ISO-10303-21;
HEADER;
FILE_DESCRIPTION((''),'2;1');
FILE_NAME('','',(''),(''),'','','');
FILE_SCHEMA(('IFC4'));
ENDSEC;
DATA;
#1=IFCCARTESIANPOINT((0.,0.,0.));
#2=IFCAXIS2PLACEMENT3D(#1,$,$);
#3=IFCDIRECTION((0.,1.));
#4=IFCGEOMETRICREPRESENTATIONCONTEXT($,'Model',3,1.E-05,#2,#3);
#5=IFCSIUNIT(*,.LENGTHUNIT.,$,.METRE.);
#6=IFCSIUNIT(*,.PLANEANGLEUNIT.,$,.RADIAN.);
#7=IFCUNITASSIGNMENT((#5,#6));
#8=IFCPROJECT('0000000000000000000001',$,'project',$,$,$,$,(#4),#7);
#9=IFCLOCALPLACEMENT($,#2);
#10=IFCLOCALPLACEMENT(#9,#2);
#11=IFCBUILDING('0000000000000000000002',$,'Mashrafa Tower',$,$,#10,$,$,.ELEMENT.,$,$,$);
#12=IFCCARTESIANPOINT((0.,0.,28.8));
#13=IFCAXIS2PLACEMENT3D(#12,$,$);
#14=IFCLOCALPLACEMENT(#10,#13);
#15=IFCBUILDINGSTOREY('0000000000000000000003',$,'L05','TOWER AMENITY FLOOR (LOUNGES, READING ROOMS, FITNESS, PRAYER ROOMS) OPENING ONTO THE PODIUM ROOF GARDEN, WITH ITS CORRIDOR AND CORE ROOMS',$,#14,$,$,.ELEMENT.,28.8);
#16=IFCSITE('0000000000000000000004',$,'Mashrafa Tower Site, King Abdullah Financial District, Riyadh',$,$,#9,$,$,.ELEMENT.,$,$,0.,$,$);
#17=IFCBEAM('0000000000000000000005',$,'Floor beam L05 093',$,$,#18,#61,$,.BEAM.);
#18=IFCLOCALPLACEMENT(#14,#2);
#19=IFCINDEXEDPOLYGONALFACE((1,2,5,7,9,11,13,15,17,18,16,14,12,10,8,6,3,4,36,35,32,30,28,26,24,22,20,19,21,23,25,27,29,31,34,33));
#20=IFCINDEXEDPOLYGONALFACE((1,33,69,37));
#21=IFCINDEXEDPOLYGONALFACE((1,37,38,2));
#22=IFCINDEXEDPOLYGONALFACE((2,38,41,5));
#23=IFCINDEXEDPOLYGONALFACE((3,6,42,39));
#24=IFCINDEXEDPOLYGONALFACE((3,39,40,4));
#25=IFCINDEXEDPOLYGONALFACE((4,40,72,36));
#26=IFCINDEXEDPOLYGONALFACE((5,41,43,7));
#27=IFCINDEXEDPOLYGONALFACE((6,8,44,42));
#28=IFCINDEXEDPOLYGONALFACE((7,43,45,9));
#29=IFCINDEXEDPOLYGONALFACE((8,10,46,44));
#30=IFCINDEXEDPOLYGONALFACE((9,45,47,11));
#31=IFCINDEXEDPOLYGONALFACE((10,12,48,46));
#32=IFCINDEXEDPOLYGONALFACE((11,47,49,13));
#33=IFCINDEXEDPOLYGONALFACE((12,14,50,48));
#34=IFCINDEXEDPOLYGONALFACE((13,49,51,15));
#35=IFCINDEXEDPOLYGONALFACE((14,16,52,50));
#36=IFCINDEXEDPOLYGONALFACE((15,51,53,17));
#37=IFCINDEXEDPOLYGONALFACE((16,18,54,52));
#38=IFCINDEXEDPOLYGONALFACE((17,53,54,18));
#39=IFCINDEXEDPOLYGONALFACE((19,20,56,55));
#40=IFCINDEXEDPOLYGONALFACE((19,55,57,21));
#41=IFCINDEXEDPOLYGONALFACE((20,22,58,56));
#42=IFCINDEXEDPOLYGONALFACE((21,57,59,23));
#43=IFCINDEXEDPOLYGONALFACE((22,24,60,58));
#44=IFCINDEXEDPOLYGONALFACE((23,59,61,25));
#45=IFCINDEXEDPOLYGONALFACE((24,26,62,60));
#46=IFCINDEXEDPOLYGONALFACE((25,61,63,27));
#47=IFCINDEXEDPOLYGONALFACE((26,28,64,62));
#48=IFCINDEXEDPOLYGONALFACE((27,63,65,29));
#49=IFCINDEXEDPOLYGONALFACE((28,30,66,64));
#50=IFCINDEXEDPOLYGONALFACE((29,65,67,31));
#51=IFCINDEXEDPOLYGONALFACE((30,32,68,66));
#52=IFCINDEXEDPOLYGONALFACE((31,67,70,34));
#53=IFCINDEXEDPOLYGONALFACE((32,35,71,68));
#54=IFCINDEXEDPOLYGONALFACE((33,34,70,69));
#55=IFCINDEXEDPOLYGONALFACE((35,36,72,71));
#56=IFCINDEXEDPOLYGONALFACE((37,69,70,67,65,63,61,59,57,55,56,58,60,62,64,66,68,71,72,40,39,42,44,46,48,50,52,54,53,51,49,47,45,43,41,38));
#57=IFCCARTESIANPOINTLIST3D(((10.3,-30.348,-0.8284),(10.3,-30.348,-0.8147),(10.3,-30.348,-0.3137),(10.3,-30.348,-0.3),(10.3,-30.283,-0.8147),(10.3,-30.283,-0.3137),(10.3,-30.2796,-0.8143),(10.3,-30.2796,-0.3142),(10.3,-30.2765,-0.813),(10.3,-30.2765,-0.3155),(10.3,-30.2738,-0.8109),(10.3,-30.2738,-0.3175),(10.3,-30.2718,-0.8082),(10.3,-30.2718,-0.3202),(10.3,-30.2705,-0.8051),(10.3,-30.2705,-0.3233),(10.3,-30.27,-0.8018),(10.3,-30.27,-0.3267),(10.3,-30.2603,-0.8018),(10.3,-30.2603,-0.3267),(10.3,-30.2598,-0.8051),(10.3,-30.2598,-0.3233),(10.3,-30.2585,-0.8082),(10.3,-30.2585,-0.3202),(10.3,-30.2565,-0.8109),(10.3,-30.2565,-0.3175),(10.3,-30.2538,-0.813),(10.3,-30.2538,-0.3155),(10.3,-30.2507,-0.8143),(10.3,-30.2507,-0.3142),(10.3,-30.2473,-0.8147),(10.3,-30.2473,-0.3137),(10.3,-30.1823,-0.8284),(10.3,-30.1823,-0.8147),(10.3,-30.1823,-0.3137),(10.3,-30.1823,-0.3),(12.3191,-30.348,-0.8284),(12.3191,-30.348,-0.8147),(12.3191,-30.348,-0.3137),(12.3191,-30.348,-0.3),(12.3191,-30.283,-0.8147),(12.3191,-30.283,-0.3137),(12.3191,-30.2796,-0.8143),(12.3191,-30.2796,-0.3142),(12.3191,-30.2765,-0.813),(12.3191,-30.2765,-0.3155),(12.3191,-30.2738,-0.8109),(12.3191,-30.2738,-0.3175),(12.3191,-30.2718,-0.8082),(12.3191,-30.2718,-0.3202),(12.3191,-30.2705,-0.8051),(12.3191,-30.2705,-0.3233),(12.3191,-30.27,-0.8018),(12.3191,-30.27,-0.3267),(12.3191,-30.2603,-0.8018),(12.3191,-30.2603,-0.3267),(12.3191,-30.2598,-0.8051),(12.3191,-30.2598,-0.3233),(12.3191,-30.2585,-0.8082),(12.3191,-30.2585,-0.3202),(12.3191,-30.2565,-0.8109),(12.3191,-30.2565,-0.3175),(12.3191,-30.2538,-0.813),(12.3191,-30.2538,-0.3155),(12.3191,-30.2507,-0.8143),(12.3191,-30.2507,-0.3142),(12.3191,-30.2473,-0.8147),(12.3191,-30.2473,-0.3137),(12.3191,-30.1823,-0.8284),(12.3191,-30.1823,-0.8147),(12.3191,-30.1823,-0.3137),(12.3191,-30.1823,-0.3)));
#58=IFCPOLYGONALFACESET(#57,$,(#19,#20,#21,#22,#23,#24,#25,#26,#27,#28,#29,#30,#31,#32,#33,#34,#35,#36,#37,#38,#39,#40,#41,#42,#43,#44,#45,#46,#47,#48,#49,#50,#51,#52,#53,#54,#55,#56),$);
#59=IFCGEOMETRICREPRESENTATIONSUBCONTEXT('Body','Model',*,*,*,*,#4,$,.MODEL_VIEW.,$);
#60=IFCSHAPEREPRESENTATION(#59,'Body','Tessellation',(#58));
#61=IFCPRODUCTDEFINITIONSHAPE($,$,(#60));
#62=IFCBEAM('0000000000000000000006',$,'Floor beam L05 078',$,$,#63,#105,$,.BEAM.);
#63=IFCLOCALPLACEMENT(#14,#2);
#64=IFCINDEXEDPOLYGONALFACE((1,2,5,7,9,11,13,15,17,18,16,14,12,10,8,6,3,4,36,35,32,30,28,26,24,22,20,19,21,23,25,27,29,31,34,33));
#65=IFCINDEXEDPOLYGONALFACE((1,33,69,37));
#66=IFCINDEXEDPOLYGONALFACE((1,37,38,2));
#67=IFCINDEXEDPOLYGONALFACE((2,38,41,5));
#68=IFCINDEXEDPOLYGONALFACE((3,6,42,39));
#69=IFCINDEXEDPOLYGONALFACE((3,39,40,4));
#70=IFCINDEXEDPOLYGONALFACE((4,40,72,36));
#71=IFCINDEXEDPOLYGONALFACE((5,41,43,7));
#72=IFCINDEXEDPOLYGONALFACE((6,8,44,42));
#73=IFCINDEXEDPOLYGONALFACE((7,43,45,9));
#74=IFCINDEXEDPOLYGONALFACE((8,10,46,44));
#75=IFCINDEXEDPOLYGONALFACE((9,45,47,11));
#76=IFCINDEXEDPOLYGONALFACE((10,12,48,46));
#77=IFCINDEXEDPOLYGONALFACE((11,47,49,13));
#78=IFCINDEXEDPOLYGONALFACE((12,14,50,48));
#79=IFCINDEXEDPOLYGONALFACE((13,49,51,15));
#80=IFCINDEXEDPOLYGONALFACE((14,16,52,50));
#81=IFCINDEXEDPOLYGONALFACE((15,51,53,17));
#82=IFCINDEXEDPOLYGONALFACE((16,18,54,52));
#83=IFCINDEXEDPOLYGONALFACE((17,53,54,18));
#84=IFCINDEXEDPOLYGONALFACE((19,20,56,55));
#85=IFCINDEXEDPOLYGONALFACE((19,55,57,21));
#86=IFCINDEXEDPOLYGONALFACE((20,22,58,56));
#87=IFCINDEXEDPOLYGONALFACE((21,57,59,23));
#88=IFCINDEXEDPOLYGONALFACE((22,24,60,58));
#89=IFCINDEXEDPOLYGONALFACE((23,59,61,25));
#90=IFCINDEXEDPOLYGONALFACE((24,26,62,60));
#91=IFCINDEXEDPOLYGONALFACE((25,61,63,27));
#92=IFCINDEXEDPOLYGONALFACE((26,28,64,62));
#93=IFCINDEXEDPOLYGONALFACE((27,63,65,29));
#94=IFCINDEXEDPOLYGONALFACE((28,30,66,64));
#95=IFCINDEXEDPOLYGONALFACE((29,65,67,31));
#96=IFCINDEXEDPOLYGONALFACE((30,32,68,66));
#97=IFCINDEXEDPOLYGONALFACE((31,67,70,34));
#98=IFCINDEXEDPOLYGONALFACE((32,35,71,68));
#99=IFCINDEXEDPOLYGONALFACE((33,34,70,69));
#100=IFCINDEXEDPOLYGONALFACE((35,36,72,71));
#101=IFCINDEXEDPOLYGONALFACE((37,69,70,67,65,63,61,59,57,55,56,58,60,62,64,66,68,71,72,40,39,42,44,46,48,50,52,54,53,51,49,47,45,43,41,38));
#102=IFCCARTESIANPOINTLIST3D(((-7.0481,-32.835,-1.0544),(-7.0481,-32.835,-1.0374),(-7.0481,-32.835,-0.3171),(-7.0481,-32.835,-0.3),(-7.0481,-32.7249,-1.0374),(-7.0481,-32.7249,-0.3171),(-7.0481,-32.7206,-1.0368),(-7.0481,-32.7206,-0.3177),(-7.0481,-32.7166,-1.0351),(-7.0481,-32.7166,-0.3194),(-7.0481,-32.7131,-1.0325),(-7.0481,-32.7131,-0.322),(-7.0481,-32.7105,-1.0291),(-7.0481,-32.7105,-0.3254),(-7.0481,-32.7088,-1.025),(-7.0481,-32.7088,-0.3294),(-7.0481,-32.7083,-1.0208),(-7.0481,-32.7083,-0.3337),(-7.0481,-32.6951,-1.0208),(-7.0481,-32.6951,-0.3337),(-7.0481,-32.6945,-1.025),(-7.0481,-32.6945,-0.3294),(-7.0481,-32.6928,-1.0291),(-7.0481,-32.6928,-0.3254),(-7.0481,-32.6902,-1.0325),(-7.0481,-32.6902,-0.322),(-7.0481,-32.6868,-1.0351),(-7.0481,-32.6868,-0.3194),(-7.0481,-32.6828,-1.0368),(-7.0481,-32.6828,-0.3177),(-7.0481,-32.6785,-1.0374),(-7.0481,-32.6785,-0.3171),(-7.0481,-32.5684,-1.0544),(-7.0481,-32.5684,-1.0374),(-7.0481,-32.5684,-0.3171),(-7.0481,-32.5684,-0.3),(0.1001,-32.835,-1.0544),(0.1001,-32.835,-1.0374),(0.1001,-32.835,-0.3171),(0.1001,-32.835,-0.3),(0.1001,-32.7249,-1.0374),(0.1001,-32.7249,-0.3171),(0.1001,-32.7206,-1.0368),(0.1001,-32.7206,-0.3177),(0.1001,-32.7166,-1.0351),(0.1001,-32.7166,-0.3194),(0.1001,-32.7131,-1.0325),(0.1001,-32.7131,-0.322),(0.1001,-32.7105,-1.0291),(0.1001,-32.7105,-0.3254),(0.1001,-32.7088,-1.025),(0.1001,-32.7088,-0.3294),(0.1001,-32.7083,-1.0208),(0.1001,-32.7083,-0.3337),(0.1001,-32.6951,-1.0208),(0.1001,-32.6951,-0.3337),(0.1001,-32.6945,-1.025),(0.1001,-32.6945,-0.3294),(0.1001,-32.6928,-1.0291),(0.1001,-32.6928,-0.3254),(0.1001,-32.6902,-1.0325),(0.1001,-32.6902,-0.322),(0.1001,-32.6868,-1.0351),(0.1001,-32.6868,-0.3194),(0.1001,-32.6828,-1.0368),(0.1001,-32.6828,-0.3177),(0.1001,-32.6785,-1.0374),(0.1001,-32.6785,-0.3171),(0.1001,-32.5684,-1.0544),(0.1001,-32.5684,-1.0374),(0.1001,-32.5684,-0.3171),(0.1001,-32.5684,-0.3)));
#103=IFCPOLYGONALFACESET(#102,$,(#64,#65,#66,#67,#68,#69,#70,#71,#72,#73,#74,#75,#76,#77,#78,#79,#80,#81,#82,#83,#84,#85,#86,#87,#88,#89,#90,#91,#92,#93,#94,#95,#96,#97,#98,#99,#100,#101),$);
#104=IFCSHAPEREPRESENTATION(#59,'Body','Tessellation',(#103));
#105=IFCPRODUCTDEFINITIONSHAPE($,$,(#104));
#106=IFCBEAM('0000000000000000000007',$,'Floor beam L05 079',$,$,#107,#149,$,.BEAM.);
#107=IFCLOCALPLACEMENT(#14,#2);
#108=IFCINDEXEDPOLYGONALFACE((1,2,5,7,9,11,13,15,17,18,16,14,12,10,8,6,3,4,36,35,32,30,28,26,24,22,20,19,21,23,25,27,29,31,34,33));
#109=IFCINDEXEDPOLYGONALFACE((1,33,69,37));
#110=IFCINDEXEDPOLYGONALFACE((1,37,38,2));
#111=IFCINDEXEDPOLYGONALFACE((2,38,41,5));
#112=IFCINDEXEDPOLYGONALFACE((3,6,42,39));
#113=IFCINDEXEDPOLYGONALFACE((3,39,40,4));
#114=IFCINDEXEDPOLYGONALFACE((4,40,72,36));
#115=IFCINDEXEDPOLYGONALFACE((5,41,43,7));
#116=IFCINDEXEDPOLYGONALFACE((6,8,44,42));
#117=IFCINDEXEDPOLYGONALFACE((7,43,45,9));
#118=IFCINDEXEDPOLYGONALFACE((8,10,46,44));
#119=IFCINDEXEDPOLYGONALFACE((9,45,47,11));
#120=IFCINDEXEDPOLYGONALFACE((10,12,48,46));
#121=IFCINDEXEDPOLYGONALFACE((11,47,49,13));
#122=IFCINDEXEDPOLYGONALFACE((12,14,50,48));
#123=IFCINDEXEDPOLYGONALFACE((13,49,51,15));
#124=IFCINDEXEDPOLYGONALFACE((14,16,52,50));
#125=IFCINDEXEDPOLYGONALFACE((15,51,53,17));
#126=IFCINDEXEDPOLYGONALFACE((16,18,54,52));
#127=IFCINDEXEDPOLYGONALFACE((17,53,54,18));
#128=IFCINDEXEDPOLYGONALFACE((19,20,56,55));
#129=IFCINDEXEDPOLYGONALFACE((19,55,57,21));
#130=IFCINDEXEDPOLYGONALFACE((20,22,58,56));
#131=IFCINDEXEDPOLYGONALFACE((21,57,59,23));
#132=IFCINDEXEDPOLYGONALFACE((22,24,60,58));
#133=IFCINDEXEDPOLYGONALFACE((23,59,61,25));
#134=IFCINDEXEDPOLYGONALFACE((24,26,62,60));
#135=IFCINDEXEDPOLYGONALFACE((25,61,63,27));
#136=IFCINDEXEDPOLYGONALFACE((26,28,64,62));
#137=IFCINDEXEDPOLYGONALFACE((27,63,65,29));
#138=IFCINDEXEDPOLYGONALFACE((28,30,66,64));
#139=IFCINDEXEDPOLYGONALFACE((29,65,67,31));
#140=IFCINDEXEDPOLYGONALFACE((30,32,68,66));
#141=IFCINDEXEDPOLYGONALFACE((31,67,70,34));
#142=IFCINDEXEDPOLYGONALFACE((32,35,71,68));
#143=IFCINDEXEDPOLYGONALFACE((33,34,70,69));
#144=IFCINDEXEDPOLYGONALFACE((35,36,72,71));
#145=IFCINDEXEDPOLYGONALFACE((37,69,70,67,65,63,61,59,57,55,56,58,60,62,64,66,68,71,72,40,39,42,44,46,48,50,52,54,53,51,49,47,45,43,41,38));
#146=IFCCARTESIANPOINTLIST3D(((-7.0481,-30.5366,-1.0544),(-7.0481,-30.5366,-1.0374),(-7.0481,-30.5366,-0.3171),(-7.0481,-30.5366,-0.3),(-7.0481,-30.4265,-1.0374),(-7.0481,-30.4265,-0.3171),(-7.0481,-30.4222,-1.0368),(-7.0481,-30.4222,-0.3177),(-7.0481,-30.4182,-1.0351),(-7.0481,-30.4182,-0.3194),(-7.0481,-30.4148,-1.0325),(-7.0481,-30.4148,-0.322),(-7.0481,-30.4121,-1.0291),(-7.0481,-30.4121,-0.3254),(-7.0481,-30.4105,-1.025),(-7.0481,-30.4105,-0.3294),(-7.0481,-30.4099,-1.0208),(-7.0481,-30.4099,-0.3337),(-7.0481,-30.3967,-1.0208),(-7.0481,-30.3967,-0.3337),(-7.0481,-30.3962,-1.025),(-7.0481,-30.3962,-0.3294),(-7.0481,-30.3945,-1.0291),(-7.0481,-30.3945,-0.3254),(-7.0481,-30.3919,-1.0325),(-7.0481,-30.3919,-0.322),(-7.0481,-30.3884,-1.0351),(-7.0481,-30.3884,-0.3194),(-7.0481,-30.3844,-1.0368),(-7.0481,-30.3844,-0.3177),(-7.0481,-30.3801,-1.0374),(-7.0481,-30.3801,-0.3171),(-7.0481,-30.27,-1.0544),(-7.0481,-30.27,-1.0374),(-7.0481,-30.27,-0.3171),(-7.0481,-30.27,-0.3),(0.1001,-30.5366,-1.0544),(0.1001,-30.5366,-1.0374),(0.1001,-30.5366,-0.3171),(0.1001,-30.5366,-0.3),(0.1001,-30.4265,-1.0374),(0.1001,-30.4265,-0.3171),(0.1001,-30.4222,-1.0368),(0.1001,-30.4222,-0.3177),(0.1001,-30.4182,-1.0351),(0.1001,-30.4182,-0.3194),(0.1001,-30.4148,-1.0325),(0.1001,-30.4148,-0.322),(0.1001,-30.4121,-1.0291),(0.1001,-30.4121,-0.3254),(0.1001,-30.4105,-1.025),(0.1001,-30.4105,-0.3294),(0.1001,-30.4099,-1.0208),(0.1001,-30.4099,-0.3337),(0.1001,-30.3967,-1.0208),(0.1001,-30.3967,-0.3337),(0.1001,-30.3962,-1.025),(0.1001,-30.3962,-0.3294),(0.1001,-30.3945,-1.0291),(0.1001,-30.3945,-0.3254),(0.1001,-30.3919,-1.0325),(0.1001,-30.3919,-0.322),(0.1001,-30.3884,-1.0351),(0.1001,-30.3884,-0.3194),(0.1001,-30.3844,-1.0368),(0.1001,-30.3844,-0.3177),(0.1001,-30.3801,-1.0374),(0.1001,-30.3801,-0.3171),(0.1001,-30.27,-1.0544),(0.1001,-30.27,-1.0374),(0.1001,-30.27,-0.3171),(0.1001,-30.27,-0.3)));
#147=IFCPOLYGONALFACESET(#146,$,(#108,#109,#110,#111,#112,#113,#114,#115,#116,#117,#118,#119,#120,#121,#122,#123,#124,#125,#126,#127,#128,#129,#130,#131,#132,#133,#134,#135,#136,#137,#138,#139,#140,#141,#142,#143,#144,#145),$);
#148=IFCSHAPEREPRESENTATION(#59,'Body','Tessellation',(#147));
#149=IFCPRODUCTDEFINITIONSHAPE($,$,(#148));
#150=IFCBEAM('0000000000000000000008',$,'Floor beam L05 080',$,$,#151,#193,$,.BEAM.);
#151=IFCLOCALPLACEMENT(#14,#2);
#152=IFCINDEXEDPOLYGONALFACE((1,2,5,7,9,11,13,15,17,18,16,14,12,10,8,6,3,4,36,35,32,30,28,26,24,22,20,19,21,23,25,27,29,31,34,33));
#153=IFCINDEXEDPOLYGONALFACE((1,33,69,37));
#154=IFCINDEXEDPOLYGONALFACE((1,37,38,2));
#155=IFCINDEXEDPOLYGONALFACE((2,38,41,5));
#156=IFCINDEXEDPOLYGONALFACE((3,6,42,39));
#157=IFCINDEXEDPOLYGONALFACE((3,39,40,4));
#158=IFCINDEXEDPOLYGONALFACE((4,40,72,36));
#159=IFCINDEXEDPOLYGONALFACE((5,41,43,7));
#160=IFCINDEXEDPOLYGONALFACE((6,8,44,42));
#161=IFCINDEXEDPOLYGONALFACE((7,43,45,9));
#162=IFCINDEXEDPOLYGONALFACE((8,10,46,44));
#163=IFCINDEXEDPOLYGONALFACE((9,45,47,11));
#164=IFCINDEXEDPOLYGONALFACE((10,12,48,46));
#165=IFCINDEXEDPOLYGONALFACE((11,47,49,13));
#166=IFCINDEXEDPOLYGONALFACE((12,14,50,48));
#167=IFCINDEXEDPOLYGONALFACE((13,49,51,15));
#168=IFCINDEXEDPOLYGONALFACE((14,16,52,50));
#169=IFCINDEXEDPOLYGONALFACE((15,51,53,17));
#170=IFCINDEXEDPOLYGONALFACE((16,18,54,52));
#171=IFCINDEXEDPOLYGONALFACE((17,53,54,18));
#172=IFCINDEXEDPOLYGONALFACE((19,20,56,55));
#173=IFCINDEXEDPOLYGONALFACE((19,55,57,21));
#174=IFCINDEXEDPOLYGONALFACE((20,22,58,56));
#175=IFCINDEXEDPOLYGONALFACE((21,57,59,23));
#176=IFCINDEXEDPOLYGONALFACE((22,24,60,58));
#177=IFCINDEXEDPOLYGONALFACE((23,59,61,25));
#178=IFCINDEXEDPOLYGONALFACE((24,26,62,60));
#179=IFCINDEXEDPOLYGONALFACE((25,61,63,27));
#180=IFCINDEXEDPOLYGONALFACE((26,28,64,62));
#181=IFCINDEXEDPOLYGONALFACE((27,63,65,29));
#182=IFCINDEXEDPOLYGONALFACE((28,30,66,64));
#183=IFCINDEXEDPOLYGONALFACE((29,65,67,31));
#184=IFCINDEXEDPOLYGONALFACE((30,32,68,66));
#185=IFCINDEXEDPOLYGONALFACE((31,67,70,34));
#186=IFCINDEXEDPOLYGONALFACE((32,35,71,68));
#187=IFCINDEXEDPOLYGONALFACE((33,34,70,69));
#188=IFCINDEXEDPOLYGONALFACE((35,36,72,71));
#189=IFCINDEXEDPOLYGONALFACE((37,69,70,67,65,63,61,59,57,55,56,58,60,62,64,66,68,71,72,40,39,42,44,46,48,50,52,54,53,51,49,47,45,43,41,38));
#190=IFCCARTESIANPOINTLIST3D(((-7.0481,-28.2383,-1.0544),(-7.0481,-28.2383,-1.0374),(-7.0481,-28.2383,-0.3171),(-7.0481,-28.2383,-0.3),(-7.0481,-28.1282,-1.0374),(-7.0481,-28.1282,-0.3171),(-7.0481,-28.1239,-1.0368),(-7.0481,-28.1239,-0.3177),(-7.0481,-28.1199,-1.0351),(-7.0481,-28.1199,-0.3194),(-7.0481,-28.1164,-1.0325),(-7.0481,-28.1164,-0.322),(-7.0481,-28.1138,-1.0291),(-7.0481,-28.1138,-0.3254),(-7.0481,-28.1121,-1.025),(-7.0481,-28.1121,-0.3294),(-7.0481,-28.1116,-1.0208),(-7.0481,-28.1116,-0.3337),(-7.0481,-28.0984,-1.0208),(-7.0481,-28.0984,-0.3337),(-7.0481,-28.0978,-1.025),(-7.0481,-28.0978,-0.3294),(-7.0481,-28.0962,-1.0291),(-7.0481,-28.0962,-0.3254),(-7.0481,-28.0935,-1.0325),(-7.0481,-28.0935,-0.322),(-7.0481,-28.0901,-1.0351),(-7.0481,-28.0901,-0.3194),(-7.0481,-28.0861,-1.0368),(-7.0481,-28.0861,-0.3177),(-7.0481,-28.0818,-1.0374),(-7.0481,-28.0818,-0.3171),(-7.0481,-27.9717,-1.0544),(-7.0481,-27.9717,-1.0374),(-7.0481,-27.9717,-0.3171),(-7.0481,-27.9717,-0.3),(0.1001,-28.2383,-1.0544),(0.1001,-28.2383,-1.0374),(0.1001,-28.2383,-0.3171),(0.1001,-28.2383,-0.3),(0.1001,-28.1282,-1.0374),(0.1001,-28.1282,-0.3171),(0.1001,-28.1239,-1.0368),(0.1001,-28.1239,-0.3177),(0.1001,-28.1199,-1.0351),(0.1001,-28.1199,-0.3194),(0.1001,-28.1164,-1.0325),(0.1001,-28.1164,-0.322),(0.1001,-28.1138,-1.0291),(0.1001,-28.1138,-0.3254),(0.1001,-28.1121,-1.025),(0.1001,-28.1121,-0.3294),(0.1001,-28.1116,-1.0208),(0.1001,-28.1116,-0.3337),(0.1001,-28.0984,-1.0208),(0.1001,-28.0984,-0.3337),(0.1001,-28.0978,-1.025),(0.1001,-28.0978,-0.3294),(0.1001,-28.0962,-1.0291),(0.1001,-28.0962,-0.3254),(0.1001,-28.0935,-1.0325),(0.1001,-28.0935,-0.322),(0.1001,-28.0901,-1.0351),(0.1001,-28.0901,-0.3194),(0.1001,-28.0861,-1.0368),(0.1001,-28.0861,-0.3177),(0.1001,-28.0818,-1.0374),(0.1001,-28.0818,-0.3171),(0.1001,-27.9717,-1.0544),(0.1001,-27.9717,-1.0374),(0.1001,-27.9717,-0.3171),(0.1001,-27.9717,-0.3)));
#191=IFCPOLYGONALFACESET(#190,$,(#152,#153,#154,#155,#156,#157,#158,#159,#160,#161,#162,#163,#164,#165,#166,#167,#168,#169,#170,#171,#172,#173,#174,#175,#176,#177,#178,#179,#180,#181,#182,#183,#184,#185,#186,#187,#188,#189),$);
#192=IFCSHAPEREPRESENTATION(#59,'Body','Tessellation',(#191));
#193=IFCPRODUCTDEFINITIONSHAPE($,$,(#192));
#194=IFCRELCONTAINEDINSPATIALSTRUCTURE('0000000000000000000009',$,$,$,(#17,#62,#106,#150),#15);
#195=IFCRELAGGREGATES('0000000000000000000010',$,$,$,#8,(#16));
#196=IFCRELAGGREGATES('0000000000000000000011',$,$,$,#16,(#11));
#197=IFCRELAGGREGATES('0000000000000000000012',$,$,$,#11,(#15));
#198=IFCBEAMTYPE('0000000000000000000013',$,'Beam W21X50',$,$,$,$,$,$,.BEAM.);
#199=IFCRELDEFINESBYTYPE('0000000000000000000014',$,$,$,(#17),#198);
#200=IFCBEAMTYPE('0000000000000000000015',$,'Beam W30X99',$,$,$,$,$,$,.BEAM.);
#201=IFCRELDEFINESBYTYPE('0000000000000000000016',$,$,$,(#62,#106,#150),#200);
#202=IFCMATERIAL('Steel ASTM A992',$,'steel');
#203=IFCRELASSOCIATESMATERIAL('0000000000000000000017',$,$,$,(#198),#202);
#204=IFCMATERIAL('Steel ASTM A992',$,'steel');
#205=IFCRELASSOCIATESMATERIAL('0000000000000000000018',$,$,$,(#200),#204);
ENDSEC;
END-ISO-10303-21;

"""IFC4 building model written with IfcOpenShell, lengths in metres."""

from ifc_helpers import new_model, si_unit, direction, frame, origin, origin_2d, place, context, subcontext, project, spatial, i_section, extrude, material, material_profile, profile_set, type_object, element, save


model = new_model("IFC4")

# Units and contexts
model_context = context("Model", 3, precision=1e-05, world=origin(), true_north=direction((0.0, 1.0)))
body_context = subcontext(model_context, "Body", "Model", "MODEL_VIEW")
ifc_project = project(units=[si_unit("LENGTHUNIT", "METRE"), si_unit("PLANEANGLEUNIT", "RADIAN")], contexts=[model_context])

# Site, building, storey
site_placement = place(None, origin())
site = spatial("IfcSite", under=ifc_project, at=site_placement, Name="Mashrafa Tower Site, King Abdullah Financial District, Riyadh", CompositionType="ELEMENT", RefElevation=0.0)
building_placement = place(site_placement, origin())
building = spatial("IfcBuilding", under=site, at=building_placement, Name="Mashrafa Tower", CompositionType="ELEMENT")
storey_placement = place(building_placement, frame((0.0, 0.0, 28.8)))
storey = spatial("IfcBuildingStorey", under=building, at=storey_placement, Name="L05", Description="TOWER AMENITY FLOOR (LOUNGES, READING ROOMS, FITNESS, PRAYER ROOMS) OPENING ONTO THE PODIUM ROOF GARDEN, WITH ITS CORRIDOR AND CORE ROOMS", CompositionType="ELEMENT", Elevation=28.8)

# Beams
ifc_material_1 = material(Name="Steel ASTM A992", Category="steel")
ifc_material_profile_1 = material_profile(ifc_material_1, i_section(OverallWidth=0.1658, OverallDepth=0.5283, WebThickness=0.0098, FlangeThickness=0.0137, FilletRadius=0.0129, at=origin_2d()), Name="W21X50")
ifc_profile_set_1 = profile_set([ifc_material_profile_1], Name="Steel ASTM A992")
beam_type_1 = type_object("IfcBeamType", Name="Beam W21X50", PredefinedType="BEAM", material=ifc_profile_set_1)
beam_1_placement = place(storey_placement, frame((12.3191, -30.2651, -0.5642), z_axis=(-1.0, 0.0, 0.0), x_axis=(0.0, -1.0, 0.0)))
element("IfcBeam", 1, at=beam_1_placement, inside=storey, type_object=beam_type_1, Name="Floor beam L05 093", PredefinedType="BEAM", context=body_context, shape_type="SweptSolid", body=[
    extrude(i_section(OverallWidth=0.1658, OverallDepth=0.5283, WebThickness=0.0098, FlangeThickness=0.0137, FilletRadius=0.0129, at=origin_2d()), origin(), (0.0, 0.0, 1.0), 2.019),
])
ifc_material_2 = material(Name="Steel ASTM A992", Category="steel")
ifc_material_profile_2 = material_profile(ifc_material_2, i_section(OverallWidth=0.2666, OverallDepth=0.7544, WebThickness=0.0132, FlangeThickness=0.0171, FilletRadius=0.0166, at=origin_2d()), Name="W30X99")
ifc_profile_set_2 = profile_set([ifc_material_profile_2], Name="Steel ASTM A992")
beam_type_2 = type_object("IfcBeamType", Name="Beam W30X99", PredefinedType="BEAM", material=ifc_profile_set_2)
for number, where, z_axis, x_axis, name in (
    (2, (0.1001, -32.7017, -0.6772), (-1.0, 0.0, 0.0), (0.0, -1.0, 0.0), "Floor beam L05 078"),
    (3, (0.1001, -30.4033, -0.6772), (-1.0, 0.0, 0.0), (0.0, -1.0, 0.0), "Floor beam L05 079"),
    (4, (0.1001, -28.105, -0.6772), (-1.0, 0.0, 0.0), (0.0, -1.0, 0.0), "Floor beam L05 080"),
):
    element("IfcBeam", number, at=place(storey_placement, frame(where, z_axis=z_axis, x_axis=x_axis)), inside=storey, type_object=beam_type_2, Name=name, PredefinedType="BEAM", context=body_context, shape_type="SweptSolid", body=[
        extrude(i_section(OverallWidth=0.2666, OverallDepth=0.7544, WebThickness=0.0132, FlangeThickness=0.0171, FilletRadius=0.0166, at=origin_2d()), origin(), (0.0, 0.0, 1.0), 7.1482),
    ])

save(model, "model.ifc")
